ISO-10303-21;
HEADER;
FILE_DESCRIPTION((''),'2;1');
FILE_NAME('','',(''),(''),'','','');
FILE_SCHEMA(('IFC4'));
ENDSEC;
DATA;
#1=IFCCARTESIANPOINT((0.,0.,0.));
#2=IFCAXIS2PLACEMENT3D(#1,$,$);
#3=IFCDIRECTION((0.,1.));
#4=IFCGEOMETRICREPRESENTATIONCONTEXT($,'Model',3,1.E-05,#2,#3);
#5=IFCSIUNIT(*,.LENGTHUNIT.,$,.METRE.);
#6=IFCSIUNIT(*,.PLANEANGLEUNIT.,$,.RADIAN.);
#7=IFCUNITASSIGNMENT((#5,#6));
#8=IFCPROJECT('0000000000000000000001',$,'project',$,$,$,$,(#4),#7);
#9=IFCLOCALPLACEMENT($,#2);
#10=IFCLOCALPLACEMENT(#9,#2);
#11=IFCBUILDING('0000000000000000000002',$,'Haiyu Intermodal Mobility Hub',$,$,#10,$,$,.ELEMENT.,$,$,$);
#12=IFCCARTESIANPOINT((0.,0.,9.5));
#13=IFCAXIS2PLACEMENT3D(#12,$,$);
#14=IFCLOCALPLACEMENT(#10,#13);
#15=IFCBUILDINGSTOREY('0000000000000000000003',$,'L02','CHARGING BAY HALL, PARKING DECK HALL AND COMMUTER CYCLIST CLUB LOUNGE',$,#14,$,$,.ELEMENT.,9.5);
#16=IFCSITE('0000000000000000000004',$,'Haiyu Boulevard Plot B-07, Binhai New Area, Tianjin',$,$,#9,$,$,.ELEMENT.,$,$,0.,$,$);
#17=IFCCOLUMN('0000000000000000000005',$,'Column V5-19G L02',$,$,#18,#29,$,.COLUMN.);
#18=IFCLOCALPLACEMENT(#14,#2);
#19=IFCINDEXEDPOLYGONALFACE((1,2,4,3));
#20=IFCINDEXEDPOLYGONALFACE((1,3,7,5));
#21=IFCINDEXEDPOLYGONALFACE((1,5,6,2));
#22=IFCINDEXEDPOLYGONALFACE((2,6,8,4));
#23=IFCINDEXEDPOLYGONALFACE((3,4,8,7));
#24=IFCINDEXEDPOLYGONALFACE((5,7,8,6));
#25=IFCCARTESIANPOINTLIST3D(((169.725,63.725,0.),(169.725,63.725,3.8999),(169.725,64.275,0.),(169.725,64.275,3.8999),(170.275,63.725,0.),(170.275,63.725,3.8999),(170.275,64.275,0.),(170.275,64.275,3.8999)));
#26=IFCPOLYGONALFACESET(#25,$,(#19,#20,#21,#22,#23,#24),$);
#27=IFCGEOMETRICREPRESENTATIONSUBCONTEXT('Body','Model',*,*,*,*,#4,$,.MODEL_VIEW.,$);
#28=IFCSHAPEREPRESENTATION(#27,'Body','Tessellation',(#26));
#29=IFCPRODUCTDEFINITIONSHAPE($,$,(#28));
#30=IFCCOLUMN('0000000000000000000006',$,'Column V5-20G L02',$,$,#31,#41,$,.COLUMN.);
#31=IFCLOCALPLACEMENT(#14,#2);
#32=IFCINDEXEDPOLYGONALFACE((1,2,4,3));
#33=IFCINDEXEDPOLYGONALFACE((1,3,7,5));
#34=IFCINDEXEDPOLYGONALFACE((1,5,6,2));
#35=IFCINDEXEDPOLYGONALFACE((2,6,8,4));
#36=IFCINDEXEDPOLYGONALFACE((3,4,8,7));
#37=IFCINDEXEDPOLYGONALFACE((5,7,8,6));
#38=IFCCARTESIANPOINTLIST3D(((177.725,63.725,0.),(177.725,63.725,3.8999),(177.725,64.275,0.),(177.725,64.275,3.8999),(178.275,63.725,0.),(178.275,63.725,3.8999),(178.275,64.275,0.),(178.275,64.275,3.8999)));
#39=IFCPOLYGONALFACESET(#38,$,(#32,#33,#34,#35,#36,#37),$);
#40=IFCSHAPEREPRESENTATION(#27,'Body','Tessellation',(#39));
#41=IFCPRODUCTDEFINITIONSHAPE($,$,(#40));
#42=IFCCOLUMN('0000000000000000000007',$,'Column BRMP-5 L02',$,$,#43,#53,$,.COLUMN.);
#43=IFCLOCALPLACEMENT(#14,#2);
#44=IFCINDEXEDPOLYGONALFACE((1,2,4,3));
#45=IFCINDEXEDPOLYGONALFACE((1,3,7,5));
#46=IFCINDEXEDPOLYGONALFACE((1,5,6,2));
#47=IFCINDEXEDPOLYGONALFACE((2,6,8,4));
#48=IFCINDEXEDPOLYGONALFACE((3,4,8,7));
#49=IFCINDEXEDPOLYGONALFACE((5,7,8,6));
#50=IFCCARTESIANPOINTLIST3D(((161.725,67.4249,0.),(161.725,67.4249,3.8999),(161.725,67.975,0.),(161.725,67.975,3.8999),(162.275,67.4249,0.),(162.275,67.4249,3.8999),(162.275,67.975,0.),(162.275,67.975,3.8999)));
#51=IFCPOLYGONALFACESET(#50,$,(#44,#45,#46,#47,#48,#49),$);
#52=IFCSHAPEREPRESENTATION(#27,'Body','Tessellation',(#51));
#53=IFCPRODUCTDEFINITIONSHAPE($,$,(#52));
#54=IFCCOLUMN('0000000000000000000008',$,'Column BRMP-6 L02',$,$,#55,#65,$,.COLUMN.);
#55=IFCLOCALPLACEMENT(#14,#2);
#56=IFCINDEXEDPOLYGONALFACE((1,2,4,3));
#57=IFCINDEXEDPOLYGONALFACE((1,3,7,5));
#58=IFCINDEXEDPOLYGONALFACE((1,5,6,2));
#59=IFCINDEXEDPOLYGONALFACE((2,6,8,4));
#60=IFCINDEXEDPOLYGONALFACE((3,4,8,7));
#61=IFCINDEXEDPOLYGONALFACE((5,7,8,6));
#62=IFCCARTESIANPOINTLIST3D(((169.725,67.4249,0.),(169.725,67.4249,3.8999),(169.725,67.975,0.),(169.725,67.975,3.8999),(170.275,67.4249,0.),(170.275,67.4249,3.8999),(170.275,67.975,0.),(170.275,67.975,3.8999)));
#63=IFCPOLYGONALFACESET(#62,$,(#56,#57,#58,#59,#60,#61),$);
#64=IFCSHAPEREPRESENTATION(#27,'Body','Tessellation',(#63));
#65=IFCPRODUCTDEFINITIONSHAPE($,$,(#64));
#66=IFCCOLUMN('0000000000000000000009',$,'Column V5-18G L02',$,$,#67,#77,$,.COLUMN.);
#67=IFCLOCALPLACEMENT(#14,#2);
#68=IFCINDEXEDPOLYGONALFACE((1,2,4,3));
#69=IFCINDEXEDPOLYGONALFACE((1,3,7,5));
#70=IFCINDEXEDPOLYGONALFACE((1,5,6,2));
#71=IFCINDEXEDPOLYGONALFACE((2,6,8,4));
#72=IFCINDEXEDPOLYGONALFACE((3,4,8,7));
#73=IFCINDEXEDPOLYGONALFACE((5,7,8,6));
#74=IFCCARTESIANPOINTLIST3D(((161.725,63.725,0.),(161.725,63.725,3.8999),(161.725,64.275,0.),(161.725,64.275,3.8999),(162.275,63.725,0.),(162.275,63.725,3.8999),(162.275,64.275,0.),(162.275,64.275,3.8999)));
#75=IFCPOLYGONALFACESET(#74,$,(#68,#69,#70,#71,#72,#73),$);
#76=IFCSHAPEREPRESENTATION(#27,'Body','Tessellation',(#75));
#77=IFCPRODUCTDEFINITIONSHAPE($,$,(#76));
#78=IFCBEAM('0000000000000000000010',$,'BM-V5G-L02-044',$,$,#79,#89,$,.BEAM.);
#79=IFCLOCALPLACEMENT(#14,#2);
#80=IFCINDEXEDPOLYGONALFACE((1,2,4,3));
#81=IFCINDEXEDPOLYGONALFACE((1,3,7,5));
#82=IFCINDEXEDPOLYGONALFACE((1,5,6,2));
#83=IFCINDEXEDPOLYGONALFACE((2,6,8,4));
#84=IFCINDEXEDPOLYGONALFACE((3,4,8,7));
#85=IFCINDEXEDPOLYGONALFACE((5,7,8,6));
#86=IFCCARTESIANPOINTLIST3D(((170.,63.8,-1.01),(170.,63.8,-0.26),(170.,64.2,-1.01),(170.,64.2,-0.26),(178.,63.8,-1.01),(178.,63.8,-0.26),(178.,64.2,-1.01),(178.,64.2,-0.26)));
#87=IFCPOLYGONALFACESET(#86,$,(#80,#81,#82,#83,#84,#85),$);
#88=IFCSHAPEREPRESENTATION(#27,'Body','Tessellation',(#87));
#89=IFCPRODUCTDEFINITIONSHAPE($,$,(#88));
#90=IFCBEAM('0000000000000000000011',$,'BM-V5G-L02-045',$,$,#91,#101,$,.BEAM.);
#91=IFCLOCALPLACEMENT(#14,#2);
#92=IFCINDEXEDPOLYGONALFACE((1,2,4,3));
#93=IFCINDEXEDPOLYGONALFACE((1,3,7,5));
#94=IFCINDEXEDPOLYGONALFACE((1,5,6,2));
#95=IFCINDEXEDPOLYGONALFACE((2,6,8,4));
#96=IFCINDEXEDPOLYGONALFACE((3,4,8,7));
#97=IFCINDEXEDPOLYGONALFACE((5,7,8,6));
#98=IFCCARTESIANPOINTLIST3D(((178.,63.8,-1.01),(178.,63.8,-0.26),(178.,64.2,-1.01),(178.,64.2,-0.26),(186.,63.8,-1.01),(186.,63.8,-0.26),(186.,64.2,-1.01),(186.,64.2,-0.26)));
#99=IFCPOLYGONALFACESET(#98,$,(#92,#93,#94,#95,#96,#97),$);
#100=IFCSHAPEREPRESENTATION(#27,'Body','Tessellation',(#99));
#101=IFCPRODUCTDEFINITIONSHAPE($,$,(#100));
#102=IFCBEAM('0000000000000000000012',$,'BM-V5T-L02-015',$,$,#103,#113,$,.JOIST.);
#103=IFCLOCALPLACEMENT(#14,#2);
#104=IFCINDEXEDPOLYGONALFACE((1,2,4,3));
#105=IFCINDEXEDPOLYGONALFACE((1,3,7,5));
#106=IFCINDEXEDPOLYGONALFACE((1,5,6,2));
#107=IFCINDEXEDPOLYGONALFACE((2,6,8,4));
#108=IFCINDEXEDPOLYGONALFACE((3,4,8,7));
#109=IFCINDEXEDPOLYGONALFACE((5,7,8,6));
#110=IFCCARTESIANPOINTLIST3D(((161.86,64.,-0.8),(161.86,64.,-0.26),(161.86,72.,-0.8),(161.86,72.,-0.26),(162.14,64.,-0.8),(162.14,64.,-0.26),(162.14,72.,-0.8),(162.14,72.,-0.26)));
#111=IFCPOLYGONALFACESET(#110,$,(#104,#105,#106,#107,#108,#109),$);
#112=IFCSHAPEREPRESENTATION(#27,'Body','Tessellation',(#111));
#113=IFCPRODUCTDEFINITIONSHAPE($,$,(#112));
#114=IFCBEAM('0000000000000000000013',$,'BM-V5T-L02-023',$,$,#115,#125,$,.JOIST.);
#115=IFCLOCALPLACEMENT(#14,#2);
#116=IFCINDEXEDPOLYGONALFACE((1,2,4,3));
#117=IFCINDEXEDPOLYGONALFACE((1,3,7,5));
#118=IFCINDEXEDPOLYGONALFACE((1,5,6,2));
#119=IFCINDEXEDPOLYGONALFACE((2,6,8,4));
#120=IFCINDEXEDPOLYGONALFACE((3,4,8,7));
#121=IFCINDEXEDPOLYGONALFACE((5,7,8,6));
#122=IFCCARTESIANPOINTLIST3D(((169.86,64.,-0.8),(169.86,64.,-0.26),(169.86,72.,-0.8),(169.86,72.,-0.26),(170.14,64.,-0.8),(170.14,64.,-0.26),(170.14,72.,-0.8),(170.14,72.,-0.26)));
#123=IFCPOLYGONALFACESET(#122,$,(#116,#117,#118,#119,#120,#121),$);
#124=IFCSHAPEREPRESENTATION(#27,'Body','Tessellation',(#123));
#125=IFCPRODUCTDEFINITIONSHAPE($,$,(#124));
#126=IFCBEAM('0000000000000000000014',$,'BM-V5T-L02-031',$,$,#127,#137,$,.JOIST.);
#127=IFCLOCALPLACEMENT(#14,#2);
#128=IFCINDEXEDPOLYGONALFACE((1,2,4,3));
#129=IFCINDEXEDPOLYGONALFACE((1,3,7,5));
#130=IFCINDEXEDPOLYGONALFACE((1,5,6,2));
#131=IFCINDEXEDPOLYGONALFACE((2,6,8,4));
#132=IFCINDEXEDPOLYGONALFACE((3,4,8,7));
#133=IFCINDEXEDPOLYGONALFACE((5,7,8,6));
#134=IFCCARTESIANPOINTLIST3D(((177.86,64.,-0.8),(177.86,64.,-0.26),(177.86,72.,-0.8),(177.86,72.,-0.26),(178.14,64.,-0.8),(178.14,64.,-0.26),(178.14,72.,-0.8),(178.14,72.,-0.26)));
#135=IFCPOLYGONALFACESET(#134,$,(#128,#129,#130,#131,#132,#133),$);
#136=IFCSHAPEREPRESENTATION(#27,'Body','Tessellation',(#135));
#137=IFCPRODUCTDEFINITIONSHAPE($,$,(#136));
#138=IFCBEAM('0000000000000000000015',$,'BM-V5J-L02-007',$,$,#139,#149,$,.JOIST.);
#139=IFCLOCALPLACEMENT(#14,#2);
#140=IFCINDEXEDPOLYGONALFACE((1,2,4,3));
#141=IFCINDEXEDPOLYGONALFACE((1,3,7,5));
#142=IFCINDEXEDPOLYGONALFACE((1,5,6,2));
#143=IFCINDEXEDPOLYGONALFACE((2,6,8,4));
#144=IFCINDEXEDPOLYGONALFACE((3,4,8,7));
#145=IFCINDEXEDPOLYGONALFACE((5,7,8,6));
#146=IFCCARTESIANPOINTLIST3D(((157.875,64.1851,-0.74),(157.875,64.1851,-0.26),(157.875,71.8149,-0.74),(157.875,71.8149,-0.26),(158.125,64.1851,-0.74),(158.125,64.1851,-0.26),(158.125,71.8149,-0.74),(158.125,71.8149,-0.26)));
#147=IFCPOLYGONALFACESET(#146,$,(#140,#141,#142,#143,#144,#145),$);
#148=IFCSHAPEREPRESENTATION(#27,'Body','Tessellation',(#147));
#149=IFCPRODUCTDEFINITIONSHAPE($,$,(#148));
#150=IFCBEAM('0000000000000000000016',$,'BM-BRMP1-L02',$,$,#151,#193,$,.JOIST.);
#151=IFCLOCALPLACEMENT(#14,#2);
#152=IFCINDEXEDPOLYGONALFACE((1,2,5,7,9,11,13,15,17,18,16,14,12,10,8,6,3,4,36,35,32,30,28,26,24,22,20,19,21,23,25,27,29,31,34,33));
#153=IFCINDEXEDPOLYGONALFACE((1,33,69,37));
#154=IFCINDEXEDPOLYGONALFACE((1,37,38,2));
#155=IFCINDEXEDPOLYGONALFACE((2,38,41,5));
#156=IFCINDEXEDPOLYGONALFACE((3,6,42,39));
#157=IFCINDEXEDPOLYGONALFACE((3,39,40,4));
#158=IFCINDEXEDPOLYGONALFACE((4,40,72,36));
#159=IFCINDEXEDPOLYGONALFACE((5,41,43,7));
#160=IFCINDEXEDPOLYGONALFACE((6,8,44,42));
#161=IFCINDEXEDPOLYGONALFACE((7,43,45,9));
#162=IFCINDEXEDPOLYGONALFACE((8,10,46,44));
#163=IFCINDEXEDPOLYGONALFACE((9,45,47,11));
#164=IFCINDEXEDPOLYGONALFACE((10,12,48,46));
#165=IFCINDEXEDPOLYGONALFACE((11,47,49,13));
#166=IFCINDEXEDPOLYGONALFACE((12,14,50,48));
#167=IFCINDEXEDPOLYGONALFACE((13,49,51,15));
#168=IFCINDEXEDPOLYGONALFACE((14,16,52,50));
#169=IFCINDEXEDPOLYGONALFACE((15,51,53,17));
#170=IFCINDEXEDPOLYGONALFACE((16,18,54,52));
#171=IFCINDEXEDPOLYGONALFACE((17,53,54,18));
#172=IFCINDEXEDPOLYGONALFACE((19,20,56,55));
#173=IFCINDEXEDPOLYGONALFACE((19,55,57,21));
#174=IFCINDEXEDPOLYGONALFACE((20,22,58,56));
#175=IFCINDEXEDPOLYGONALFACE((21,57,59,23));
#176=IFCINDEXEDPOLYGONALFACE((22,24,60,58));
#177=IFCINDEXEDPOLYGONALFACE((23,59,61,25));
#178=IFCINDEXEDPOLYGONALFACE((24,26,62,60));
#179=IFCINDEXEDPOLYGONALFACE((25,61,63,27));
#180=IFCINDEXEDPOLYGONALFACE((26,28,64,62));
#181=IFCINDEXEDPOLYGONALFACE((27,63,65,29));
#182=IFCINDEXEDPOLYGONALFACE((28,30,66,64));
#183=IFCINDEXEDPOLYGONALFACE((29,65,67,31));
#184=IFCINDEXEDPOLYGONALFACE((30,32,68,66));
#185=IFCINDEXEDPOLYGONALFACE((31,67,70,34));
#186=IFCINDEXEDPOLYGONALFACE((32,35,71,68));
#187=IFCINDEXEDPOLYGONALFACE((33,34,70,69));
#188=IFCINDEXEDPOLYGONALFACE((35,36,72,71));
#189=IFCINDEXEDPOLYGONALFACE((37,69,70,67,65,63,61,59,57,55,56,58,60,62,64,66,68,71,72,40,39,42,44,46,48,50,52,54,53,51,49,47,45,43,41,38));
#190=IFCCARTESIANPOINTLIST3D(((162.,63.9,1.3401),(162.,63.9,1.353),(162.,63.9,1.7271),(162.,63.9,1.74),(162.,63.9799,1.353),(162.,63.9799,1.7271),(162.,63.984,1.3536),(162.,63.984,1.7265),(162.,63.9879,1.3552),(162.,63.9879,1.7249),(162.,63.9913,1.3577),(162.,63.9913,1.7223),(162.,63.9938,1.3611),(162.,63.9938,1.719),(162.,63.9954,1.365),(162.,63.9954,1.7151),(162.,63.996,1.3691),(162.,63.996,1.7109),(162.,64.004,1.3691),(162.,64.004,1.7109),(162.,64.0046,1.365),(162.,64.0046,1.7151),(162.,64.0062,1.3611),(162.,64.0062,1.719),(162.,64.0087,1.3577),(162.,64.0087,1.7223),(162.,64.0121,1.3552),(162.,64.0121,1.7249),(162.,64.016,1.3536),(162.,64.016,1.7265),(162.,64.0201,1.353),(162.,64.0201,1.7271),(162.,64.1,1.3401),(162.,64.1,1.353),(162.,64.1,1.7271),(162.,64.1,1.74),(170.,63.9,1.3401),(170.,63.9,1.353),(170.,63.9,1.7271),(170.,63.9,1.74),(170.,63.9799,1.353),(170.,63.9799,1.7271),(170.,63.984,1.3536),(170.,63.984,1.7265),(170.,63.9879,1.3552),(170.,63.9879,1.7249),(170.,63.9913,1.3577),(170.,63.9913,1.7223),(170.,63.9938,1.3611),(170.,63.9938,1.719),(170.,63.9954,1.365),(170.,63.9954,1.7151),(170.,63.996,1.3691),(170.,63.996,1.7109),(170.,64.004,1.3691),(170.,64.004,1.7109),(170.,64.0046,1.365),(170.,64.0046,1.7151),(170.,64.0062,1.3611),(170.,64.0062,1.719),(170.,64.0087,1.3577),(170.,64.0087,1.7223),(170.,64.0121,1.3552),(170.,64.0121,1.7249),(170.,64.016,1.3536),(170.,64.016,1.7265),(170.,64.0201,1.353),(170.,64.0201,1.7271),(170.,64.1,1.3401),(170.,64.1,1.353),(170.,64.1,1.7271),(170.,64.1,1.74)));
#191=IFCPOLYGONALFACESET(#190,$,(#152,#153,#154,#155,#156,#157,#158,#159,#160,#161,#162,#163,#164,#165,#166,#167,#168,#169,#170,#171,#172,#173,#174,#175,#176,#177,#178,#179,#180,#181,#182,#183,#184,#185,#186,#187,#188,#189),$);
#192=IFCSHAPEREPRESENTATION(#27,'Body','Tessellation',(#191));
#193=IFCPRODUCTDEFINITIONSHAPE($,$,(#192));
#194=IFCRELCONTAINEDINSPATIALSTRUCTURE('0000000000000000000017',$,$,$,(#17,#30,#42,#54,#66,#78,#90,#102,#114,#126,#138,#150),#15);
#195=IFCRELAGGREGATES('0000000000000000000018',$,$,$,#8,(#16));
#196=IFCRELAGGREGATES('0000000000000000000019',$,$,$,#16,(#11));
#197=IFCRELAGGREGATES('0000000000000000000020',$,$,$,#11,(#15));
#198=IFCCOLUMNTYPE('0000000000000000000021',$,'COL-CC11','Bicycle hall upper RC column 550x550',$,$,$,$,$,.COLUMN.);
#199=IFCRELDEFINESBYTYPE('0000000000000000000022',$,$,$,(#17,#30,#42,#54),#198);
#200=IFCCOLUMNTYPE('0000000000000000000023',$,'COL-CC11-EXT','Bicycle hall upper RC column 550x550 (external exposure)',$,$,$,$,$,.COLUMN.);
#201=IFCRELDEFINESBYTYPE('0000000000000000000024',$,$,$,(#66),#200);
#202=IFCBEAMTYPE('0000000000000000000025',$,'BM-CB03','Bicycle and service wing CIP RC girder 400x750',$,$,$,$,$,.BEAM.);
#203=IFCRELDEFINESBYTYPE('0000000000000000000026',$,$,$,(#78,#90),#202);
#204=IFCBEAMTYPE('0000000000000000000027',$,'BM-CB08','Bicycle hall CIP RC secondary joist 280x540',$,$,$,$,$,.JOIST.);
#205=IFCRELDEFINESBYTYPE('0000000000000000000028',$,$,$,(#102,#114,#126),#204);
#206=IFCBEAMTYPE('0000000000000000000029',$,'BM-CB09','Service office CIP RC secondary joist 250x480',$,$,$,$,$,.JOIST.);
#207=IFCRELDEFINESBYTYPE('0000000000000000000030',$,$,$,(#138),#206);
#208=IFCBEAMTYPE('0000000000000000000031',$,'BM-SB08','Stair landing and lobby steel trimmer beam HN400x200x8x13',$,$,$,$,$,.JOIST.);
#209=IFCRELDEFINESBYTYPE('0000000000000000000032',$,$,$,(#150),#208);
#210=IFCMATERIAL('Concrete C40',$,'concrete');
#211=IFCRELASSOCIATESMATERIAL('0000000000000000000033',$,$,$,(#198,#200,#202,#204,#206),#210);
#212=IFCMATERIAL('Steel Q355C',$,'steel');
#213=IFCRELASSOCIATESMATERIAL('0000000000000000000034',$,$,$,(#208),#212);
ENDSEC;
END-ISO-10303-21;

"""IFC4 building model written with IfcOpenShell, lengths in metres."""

from ifc_helpers import new_model, si_unit, direction, frame, origin, origin_2d, place, context, subcontext, project, spatial, rectangle, i_section, extrude, material, material_profile, profile_set, type_object, element, save


model = new_model("IFC4")

# Units and contexts
model_context = context("Model", 3, precision=1e-05, world=origin(), true_north=direction((0.0, 1.0)))
body_context = subcontext(model_context, "Body", "Model", "MODEL_VIEW")
ifc_project = project(units=[si_unit("LENGTHUNIT", "METRE"), si_unit("PLANEANGLEUNIT", "RADIAN")], contexts=[model_context])

# Site, building, storey
site_placement = place(None, origin())
site = spatial("IfcSite", under=ifc_project, at=site_placement, Name="Haiyu Boulevard Plot B-07, Binhai New Area, Tianjin", CompositionType="ELEMENT", RefElevation=0.0)
building_placement = place(site_placement, origin())
building = spatial("IfcBuilding", under=site, at=building_placement, Name="Haiyu Intermodal Mobility Hub", CompositionType="ELEMENT")
storey_placement = place(building_placement, frame((0.0, 0.0, 9.5)))
storey = spatial("IfcBuildingStorey", under=building, at=storey_placement, Name="L02", Description="CHARGING BAY HALL, PARKING DECK HALL AND COMMUTER CYCLIST CLUB LOUNGE", CompositionType="ELEMENT", Elevation=9.5)

# Columns
ifc_material_1 = material(Name="Concrete C40", Category="concrete")
ifc_material_profile_1 = material_profile(ifc_material_1, rectangle(XDim=0.55, YDim=0.55, at=origin_2d()), Name="RC550x550")
ifc_profile_set_1 = profile_set([ifc_material_profile_1], Name="Concrete C40")
column_type_1 = type_object("IfcColumnType", Name="COL-CC11", Description="Bicycle hall upper RC column 550x550", PredefinedType="COLUMN", material=ifc_profile_set_1)
for number, where, z_axis, x_axis, name in (
    (1, (170.0, 64.0, 0.0), (0.0, 0.0, 1.0), (1.0, 0.0, 0.0), "Column V5-19G L02"),
    (2, (178.0, 64.0, 0.0), (0.0, 0.0, 1.0), (1.0, 0.0, 0.0), "Column V5-20G L02"),
    (3, (162.0, 67.7, 0.0), (0.0, 0.0, 1.0), (1.0, 0.0, 0.0), "Column BRMP-5 L02"),
    (4, (170.0, 67.7, 0.0), (0.0, 0.0, 1.0), (1.0, 0.0, 0.0), "Column BRMP-6 L02"),
):
    element("IfcColumn", number, at=place(storey_placement, frame(where, z_axis=z_axis, x_axis=x_axis)), inside=storey, type_object=column_type_1, Name=name, PredefinedType="COLUMN", context=body_context, shape_type="SweptSolid", body=[
        extrude(rectangle(XDim=0.55, YDim=0.55, at=origin_2d()), origin(), (0.0, 0.0, 1.0), 3.8999),
    ])
ifc_material_profile_2 = material_profile(ifc_material_1, rectangle(XDim=0.55, YDim=0.55, at=origin_2d()), Name="RC550x550")
ifc_profile_set_2 = profile_set([ifc_material_profile_2], Name="Concrete C40")
column_type_2 = type_object("IfcColumnType", Name="COL-CC11-EXT", Description="Bicycle hall upper RC column 550x550 (external exposure)", PredefinedType="COLUMN", material=ifc_profile_set_2)
column_placement = place(storey_placement, frame((162.0, 64.0, 0.0), z_axis=(0.0, 0.0, 1.0), x_axis=(1.0, 0.0, 0.0)))
element("IfcColumn", 5, at=column_placement, inside=storey, type_object=column_type_2, Name="Column V5-18G L02", PredefinedType="COLUMN", context=body_context, shape_type="SweptSolid", body=[
    extrude(rectangle(XDim=0.55, YDim=0.55, at=origin_2d()), origin(), (0.0, 0.0, 1.0), 3.8999),
])

# Beams
ifc_material_profile_3 = material_profile(ifc_material_1, rectangle(XDim=0.3999, YDim=0.75, at=origin_2d()), Name="RCB400x750")
ifc_profile_set_3 = profile_set([ifc_material_profile_3], Name="Concrete C40")
beam_type_1 = type_object("IfcBeamType", Name="BM-CB03", Description="Bicycle and service wing CIP RC girder 400x750", PredefinedType="BEAM", material=ifc_profile_set_3)
for number, where, z_axis, x_axis, name in (
    (6, (170.0, 64.0, -0.635), (1.0, 0.0, 0.0), (0.0, 1.0, 0.0), "BM-V5G-L02-044"),
    (7, (178.0, 64.0, -0.635), (1.0, 0.0, 0.0), (0.0, 1.0, 0.0), "BM-V5G-L02-045"),
):
    element("IfcBeam", number, at=place(storey_placement, frame(where, z_axis=z_axis, x_axis=x_axis)), inside=storey, type_object=beam_type_1, Name=name, PredefinedType="BEAM", context=body_context, shape_type="SweptSolid", body=[
        extrude(rectangle(XDim=0.3999, YDim=0.75, at=origin_2d()), origin(), (0.0, 0.0, 1.0), 8.0),
    ])
ifc_material_profile_4 = material_profile(ifc_material_1, rectangle(XDim=0.28, YDim=0.54, at=origin_2d()), Name="RCB280x540")
ifc_profile_set_4 = profile_set([ifc_material_profile_4], Name="Concrete C40")
beam_type_2 = type_object("IfcBeamType", Name="BM-CB08", Description="Bicycle hall CIP RC secondary joist 280x540", PredefinedType="JOIST", material=ifc_profile_set_4)
for number, where, z_axis, x_axis, name in (
    (8, (162.0, 64.0, -0.53), (0.0, 1.0, 0.0), (-1.0, 0.0, 0.0), "BM-V5T-L02-015"),
    (9, (170.0, 64.0, -0.53), (0.0, 1.0, 0.0), (-1.0, 0.0, 0.0), "BM-V5T-L02-023"),
    (10, (178.0, 64.0, -0.53), (0.0, 1.0, 0.0), (-1.0, 0.0, 0.0), "BM-V5T-L02-031"),
):
    element("IfcBeam", number, at=place(storey_placement, frame(where, z_axis=z_axis, x_axis=x_axis)), inside=storey, type_object=beam_type_2, Name=name, PredefinedType="JOIST", context=body_context, shape_type="SweptSolid", body=[
        extrude(rectangle(XDim=0.28, YDim=0.54, at=origin_2d()), origin(), (0.0, 0.0, 1.0), 8.0),
    ])
ifc_material_profile_5 = material_profile(ifc_material_1, rectangle(XDim=0.25, YDim=0.48, at=origin_2d()), Name="RCB250x480")
ifc_profile_set_5 = profile_set([ifc_material_profile_5], Name="Concrete C40")
beam_type_3 = type_object("IfcBeamType", Name="BM-CB09", Description="Service office CIP RC secondary joist 250x480", PredefinedType="JOIST", material=ifc_profile_set_5)
beam_1_placement = place(storey_placement, frame((158.0, 64.1851, -0.5), z_axis=(0.0, 1.0, 0.0), x_axis=(-1.0, 0.0, 0.0)))
element("IfcBeam", 11, at=beam_1_placement, inside=storey, type_object=beam_type_3, Name="BM-V5J-L02-007", PredefinedType="JOIST", context=body_context, shape_type="SweptSolid", body=[
    extrude(rectangle(XDim=0.25, YDim=0.48, at=origin_2d()), origin(), (0.0, 0.0, 1.0), 7.6299),
])
ifc_material_2 = material(Name="Steel Q355C", Category="steel")
ifc_material_profile_6 = material_profile(ifc_material_2, i_section(OverallWidth=0.2, OverallDepth=0.3999, WebThickness=0.0081, FlangeThickness=0.0129, FilletRadius=0.0161, at=origin_2d()), Name="HN400x200x8x13")
ifc_profile_set_6 = profile_set([ifc_material_profile_6], Name="Steel Q355C")
beam_type_4 = type_object("IfcBeamType", Name="BM-SB08", Description="Stair landing and lobby steel trimmer beam HN400x200x8x13", PredefinedType="JOIST", material=ifc_profile_set_6)
for number, where, z_axis, x_axis, name in (
    (12, (162.0, 64.0, 1.54), (1.0, 0.0, 0.0), (0.0, 1.0, 0.0), "BM-BRMP1-L02"),
):
    element("IfcBeam", number, at=place(storey_placement, frame(where, z_axis=z_axis, x_axis=x_axis)), inside=storey, type_object=beam_type_4, Name=name, PredefinedType="JOIST", context=body_context, shape_type="SweptSolid", body=[
        extrude(i_section(OverallWidth=0.2, OverallDepth=0.3999, WebThickness=0.0081, FlangeThickness=0.0129, FilletRadius=0.0161, at=origin_2d()), origin(), (0.0, 0.0, 1.0), 8.0),
    ])

save(model, "model.ifc")
